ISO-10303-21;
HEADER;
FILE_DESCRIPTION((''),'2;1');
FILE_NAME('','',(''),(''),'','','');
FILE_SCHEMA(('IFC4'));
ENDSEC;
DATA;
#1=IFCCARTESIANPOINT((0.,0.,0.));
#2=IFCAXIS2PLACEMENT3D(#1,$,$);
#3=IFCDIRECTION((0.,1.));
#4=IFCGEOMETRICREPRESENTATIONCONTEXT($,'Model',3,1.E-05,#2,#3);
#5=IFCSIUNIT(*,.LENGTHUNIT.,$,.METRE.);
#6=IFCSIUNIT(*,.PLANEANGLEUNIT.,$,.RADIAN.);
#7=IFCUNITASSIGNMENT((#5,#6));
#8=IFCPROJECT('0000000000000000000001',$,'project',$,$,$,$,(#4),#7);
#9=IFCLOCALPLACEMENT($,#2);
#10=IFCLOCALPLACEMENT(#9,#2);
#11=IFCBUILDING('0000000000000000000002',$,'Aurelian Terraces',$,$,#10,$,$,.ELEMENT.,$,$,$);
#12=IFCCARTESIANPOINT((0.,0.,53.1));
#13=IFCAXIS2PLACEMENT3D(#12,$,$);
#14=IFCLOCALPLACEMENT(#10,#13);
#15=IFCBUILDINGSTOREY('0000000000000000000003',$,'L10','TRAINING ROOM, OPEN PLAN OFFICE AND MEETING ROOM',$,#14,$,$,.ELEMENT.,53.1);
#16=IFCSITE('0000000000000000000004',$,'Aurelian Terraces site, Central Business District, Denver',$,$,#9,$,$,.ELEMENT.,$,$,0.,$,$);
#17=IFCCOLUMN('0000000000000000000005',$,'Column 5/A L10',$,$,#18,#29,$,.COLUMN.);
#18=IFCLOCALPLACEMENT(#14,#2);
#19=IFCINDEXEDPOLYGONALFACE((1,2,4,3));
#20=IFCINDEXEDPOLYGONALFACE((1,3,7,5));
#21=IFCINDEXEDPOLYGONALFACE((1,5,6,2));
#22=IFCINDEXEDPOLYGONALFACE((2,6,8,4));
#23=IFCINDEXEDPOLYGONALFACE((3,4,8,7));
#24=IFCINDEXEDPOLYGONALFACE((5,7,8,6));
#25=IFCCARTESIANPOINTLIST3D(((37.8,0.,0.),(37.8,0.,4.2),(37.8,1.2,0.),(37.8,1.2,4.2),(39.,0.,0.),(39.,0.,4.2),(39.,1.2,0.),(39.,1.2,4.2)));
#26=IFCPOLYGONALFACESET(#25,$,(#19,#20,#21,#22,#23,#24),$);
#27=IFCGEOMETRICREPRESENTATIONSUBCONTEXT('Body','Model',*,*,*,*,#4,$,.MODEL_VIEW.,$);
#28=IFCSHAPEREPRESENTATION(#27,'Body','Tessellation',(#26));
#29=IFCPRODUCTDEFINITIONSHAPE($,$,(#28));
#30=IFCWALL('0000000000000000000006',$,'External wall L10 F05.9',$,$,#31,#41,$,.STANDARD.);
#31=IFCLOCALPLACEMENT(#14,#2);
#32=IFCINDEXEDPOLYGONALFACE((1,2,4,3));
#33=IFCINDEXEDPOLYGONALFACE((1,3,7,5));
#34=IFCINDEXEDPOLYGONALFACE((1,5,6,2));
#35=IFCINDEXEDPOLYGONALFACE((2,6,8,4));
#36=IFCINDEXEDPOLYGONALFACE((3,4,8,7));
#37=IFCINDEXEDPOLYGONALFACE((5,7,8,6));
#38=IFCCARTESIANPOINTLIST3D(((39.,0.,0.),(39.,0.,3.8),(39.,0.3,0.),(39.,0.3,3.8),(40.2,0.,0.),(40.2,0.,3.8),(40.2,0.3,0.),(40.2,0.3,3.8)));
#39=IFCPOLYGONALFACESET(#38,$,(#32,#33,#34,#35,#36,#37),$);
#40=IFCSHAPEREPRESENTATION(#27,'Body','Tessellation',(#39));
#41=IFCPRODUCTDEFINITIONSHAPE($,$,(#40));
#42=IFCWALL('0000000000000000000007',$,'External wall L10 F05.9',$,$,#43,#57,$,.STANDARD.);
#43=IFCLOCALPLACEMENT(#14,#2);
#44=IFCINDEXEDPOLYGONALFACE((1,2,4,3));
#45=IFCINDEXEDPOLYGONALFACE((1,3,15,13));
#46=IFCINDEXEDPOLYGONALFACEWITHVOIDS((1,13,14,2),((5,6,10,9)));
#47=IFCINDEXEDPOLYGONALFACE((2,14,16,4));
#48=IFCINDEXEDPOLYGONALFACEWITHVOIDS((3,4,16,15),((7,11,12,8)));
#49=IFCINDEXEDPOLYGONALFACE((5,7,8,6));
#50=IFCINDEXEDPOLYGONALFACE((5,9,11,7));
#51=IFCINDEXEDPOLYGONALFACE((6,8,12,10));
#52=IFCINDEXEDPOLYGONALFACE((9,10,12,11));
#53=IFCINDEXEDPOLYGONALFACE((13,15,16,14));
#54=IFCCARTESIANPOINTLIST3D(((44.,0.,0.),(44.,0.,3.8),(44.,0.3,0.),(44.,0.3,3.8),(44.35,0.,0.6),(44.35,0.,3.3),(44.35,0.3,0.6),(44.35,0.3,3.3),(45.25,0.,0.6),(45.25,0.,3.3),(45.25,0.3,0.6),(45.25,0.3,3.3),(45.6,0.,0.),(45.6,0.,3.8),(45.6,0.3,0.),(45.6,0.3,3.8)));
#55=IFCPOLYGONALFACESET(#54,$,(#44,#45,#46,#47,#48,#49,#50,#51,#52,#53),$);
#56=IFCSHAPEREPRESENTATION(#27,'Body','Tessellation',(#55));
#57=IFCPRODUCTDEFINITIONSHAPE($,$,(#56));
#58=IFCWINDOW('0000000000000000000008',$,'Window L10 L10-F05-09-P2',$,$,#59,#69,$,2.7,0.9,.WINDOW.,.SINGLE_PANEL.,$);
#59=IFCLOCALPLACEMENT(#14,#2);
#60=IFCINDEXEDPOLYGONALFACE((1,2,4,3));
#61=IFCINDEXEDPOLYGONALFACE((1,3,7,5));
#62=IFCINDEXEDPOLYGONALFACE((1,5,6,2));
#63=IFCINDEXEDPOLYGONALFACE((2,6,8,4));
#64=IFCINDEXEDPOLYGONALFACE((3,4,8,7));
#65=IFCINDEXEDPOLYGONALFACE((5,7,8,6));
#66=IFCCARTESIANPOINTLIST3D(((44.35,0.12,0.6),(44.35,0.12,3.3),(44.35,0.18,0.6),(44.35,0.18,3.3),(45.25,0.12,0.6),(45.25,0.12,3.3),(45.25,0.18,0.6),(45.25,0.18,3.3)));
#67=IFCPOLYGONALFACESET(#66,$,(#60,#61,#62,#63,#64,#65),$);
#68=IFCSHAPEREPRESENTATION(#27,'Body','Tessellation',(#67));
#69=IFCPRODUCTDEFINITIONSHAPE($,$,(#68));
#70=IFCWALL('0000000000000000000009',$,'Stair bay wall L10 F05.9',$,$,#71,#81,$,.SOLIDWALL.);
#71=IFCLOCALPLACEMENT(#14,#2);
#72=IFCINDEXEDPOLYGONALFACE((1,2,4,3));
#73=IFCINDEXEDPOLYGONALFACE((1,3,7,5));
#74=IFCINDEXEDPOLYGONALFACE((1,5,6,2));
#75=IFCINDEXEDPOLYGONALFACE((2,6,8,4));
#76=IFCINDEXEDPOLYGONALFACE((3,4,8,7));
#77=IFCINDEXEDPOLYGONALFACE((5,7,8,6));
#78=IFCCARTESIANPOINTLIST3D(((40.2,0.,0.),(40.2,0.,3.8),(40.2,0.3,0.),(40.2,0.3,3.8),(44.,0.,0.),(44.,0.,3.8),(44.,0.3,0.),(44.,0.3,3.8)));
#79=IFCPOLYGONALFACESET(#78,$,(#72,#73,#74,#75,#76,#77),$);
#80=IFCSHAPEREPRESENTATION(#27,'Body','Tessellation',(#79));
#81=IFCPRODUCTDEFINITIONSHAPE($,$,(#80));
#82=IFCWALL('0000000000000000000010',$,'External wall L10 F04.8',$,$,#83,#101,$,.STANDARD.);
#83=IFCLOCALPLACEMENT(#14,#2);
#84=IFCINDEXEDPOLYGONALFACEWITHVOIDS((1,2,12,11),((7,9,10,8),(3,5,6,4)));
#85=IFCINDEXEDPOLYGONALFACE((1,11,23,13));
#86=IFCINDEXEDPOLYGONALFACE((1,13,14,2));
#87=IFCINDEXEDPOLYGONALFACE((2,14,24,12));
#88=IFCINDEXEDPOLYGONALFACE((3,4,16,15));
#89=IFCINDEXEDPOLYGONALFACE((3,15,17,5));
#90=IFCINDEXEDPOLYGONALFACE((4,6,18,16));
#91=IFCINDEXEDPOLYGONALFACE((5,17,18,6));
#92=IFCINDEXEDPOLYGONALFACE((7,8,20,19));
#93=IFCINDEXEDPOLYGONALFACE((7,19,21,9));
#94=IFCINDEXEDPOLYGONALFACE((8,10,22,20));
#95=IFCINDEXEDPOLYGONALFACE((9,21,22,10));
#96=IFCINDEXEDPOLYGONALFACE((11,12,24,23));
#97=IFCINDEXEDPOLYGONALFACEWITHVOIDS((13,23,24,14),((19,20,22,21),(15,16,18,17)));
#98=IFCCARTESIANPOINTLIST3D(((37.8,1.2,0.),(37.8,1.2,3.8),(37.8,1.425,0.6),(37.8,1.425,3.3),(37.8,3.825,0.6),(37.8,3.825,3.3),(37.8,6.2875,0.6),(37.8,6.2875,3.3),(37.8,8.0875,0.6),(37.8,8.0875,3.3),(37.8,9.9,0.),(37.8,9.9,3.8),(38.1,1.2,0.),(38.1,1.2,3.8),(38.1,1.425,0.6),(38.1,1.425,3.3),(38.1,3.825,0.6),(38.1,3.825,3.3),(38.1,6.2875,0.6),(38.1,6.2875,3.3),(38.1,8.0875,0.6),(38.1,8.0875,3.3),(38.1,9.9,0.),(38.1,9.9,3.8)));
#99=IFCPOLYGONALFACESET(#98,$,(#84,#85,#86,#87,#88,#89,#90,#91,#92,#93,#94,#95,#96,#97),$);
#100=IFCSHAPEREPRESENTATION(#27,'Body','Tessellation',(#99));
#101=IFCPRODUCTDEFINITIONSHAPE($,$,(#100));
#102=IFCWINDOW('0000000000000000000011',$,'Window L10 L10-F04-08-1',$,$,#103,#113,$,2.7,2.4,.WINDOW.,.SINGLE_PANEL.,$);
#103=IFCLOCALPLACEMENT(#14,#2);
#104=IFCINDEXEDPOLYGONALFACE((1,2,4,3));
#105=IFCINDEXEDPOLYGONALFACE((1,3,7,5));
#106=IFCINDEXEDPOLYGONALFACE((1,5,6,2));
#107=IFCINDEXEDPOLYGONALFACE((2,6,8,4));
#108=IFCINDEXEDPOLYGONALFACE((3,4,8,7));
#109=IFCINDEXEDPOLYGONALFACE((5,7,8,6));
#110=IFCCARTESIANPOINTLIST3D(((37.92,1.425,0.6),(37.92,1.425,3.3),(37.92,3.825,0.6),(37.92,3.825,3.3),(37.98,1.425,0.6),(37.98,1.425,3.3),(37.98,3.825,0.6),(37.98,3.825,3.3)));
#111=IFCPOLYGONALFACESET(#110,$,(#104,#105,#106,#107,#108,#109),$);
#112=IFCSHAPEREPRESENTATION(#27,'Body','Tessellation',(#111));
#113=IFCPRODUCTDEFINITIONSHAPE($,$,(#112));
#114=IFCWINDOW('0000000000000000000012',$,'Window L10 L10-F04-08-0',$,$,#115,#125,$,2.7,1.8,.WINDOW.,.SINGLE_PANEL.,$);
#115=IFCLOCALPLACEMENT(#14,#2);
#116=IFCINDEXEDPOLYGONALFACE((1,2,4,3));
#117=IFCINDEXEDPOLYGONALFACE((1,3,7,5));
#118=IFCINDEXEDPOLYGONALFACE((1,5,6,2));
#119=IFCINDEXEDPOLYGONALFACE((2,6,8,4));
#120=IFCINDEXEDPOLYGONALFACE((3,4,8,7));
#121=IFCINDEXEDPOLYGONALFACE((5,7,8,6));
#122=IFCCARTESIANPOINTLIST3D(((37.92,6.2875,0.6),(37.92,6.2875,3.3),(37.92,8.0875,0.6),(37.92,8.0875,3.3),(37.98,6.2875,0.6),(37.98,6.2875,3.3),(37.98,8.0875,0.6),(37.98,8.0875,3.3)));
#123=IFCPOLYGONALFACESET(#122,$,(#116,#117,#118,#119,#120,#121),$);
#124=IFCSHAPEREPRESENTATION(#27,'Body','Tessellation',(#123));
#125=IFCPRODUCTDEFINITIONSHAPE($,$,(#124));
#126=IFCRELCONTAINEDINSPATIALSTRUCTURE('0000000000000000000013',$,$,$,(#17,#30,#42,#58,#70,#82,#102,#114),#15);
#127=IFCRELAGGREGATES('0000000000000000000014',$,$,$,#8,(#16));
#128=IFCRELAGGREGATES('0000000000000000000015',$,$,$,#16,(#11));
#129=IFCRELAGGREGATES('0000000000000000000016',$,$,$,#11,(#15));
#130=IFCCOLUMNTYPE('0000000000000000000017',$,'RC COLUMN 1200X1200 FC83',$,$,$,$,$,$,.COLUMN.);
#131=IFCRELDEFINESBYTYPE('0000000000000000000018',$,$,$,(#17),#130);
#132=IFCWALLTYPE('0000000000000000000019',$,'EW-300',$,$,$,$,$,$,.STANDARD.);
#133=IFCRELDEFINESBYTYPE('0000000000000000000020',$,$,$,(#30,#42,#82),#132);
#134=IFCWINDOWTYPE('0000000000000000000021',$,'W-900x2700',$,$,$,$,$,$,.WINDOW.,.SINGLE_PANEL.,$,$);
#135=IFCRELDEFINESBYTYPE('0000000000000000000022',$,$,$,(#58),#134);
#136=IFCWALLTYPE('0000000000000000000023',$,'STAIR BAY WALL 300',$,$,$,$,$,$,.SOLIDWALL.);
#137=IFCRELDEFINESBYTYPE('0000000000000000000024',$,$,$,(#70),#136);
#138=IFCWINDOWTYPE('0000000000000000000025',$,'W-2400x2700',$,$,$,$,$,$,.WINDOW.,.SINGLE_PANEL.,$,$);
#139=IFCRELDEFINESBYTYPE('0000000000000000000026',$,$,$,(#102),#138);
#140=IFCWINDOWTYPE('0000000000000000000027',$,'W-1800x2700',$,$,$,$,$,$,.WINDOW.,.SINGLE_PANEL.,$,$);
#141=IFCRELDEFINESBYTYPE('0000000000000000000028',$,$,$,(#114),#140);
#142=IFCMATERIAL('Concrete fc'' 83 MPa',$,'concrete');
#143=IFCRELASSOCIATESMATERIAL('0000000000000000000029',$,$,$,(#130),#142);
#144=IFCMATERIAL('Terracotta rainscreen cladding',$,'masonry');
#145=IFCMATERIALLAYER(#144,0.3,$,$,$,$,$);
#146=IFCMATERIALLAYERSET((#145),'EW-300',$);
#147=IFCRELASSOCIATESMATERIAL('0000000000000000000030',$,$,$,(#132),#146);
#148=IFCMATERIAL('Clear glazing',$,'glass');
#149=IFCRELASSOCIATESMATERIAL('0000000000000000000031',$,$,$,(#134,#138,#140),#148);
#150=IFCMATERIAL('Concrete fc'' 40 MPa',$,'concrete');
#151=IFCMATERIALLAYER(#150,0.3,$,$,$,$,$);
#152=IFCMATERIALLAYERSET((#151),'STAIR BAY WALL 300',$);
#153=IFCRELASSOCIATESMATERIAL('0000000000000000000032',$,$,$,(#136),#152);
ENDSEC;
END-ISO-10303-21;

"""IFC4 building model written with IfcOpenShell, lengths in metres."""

from ifc_helpers import new_model, si_unit, direction, frame, frame_2d, origin, origin_2d, place, context, subcontext, project, spatial, rectangle, extrude, source, transform, mapped, material, layer, layer_set, material_profile, profile_set, type_object, element, fill, save


model = new_model("IFC4")

# Units and contexts
model_context = context("Model", 3, precision=1e-05, world=origin(), true_north=direction((0.0, 1.0)))
body_context = subcontext(model_context, "Body", "Model", "MODEL_VIEW")
ifc_project = project(units=[si_unit("LENGTHUNIT", "METRE"), si_unit("PLANEANGLEUNIT", "RADIAN")], contexts=[model_context])

# Site, building, storey
site_placement = place(None, origin())
site = spatial("IfcSite", under=ifc_project, at=site_placement, Name="Aurelian Terraces site, Central Business District, Denver", CompositionType="ELEMENT", RefElevation=0.0)
building_placement = place(site_placement, origin())
building = spatial("IfcBuilding", under=site, at=building_placement, Name="Aurelian Terraces", CompositionType="ELEMENT")
storey_placement = place(building_placement, frame((0.0, 0.0, 53.1)))
storey = spatial("IfcBuildingStorey", under=building, at=storey_placement, Name="L10", Description="TRAINING ROOM, OPEN PLAN OFFICE AND MEETING ROOM", CompositionType="ELEMENT", Elevation=53.1)

# Column
ifc_material_1 = material(Name="Concrete fc' 83 MPa", Category="concrete")
ifc_material_profile = material_profile(ifc_material_1, rectangle(XDim=1.2, YDim=1.2, at=origin_2d()))
ifc_profile_set = profile_set([ifc_material_profile], Name="Concrete fc' 83 MPa")
column_type = type_object("IfcColumnType", Name="RC COLUMN 1200X1200 FC83", PredefinedType="COLUMN", material=ifc_profile_set)
shared_shape_1 = source(origin(), body_context, "Body", "SweptSolid", [
    extrude(rectangle(XDim=1.2, YDim=1.2, at=origin_2d()), origin(), (0.0, 0.0, 1.0), 4.2),
])
column_placement = place(storey_placement, frame((38.4, 0.6, 0.0), z_axis=(0.0, 0.0, 1.0), x_axis=(1.0, 0.0, 0.0)))
element("IfcColumn", 1, at=column_placement, inside=storey, type_object=column_type, Name="Column 5/A L10", PredefinedType="COLUMN", context=body_context, shape_type="MappedRepresentation", body=[
    mapped(shared_shape_1, transform((0.0, 0.0, 0.0), scale=1.0)),
])

# Wall
ifc_material_2 = material(Name="Terracotta rainscreen cladding", Category="masonry")
ifc_layer_1 = layer(ifc_material_2, 0.3)
ifc_layer_set_1 = layer_set([ifc_layer_1], Name="EW-300")
wall_type_1 = type_object("IfcWallType", Name="EW-300", PredefinedType="STANDARD", material=ifc_layer_set_1)
shared_shape_2 = source(origin(), body_context, "Body", "SweptSolid", [
    extrude(rectangle(XDim=1.2, YDim=0.3, at=frame_2d((0.6, 0.0))), origin(), (0.0, 0.0, 1.0), 3.8),
])
wall_1_placement = place(storey_placement, frame((39.0, 0.15, 0.0), z_axis=(0.0, 0.0, 1.0), x_axis=(1.0, 0.0, 0.0)))
element("IfcWall", 2, at=wall_1_placement, inside=storey, type_object=wall_type_1, Name="External wall L10 F05.9", PredefinedType="STANDARD", context=body_context, shape_type="MappedRepresentation", body=[
    mapped(shared_shape_2, transform((0.0, 0.0, 0.0), scale=1.0)),
])

# Wall, opening, window
shared_shape_3 = source(origin(), body_context, "Body", "SweptSolid", [
    extrude(rectangle(XDim=1.6, YDim=0.3, at=frame_2d((0.8, 0.0))), origin(), (0.0, 0.0, 1.0), 3.8),
])
wall_2_placement = place(storey_placement, frame((44.0, 0.15, 0.0), z_axis=(0.0, 0.0, 1.0), x_axis=(1.0, 0.0, 0.0)))
wall_2 = element("IfcWall", 3, at=wall_2_placement, inside=storey, type_object=wall_type_1, Name="External wall L10 F05.9", PredefinedType="STANDARD", context=body_context, shape_type="MappedRepresentation", body=[
    mapped(shared_shape_3, transform((0.0, 0.0, 0.0), scale=1.0)),
])
shared_shape_4 = source(origin(), body_context, "Body", "SweptSolid", [
    extrude(rectangle(XDim=0.9, YDim=2.7, at=frame_2d((0.45, 1.35))), frame((0.0, 0.16, 0.0), z_axis=(0.0, -1.0, 0.0), x_axis=(1.0, 0.0, 0.0)), (0.0, 0.0, 1.0), 0.32),
])
opening_1_placement = place(wall_2_placement, frame((0.35, 0.0, 0.6)))
opening_1 = element("IfcOpeningElement", 4, at=opening_1_placement, cuts=wall_2, PredefinedType="OPENING", context=body_context, shape_type="MappedRepresentation", body=[
    mapped(shared_shape_4, transform((0.0, 0.0, 0.0), scale=1.0)),
])
ifc_material_3 = material(Name="Clear glazing", Category="glass")
window_type_1 = type_object("IfcWindowType", Name="W-900x2700", PartitioningType="SINGLE_PANEL", PredefinedType="WINDOW", material=ifc_material_3)
shared_shape_5 = source(origin(), body_context, "Body", "SweptSolid", [
    extrude(rectangle(XDim=0.9, YDim=2.7, at=frame_2d((0.45, 1.35))), frame((0.0, 0.03, 0.0), z_axis=(0.0, -1.0, 0.0), x_axis=(1.0, 0.0, 0.0)), (0.0, 0.0, 1.0), 0.06),
])
window_1_placement = place(opening_1_placement, origin())
window_1 = element("IfcWindow", 5, at=window_1_placement, inside=storey, type_object=window_type_1, Name="Window L10 L10-F05-09-P2", OverallHeight=2.7, OverallWidth=0.9, PartitioningType="SINGLE_PANEL", PredefinedType="WINDOW", context=body_context, shape_type="MappedRepresentation", body=[
    mapped(shared_shape_5, transform((0.0, 0.0, 0.0), scale=1.0)),
])
fill(opening_1, window_1)

# Wall
ifc_material_4 = material(Name="Concrete fc' 40 MPa", Category="concrete")
ifc_layer_2 = layer(ifc_material_4, 0.3)
ifc_layer_set_2 = layer_set([ifc_layer_2], Name="STAIR BAY WALL 300")
wall_type_2 = type_object("IfcWallType", Name="STAIR BAY WALL 300", PredefinedType="SOLIDWALL", material=ifc_layer_set_2)
shared_shape_6 = source(origin(), body_context, "Body", "SweptSolid", [
    extrude(rectangle(XDim=3.8, YDim=0.3, at=frame_2d((1.9, 0.0))), origin(), (0.0, 0.0, 1.0), 3.8),
])
wall_3_placement = place(storey_placement, frame((40.2, 0.15, 0.0), z_axis=(0.0, 0.0, 1.0), x_axis=(1.0, 0.0, 0.0)))
element("IfcWall", 6, at=wall_3_placement, inside=storey, type_object=wall_type_2, Name="Stair bay wall L10 F05.9", PredefinedType="SOLIDWALL", context=body_context, shape_type="MappedRepresentation", body=[
    mapped(shared_shape_6, transform((0.0, 0.0, 0.0), scale=1.0)),
])

# Wall, openings, windows
shared_shape_7 = source(origin(), body_context, "Body", "SweptSolid", [
    extrude(rectangle(XDim=8.7, YDim=0.3, at=frame_2d((4.35, 0.0))), origin(), (0.0, 0.0, 1.0), 3.8),
])
wall_4_placement = place(storey_placement, frame((37.95, 9.9, 0.0), z_axis=(0.0, 0.0, 1.0), x_axis=(0.0, -1.0, 0.0)))
wall_4 = element("IfcWall", 7, at=wall_4_placement, inside=storey, type_object=wall_type_1, Name="External wall L10 F04.8", PredefinedType="STANDARD", context=body_context, shape_type="MappedRepresentation", body=[
    mapped(shared_shape_7, transform((0.0, 0.0, 0.0), scale=1.0)),
])
shared_shape_8 = source(origin(), body_context, "Body", "SweptSolid", [
    extrude(rectangle(XDim=1.8, YDim=2.7, at=frame_2d((0.9, 1.35))), frame((0.0, 0.16, 0.0), z_axis=(0.0, -1.0, 0.0), x_axis=(1.0, 0.0, 0.0)), (0.0, 0.0, 1.0), 0.32),
])
opening_2_placement = place(wall_4_placement, frame((1.8125, 0.0, 0.6)))
opening_2 = element("IfcOpeningElement", 8, at=opening_2_placement, cuts=wall_4, PredefinedType="OPENING", context=body_context, shape_type="MappedRepresentation", body=[
    mapped(shared_shape_8, transform((0.0, 0.0, 0.0), scale=1.0)),
])
shared_shape_9 = source(origin(), body_context, "Body", "SweptSolid", [
    extrude(rectangle(XDim=2.4, YDim=2.7, at=frame_2d((1.2, 1.35))), frame((0.0, 0.16, 0.0), z_axis=(0.0, -1.0, 0.0), x_axis=(1.0, 0.0, 0.0)), (0.0, 0.0, 1.0), 0.32),
])
opening_3_placement = place(wall_4_placement, frame((6.075, 0.0, 0.6)))
opening_3 = element("IfcOpeningElement", 9, at=opening_3_placement, cuts=wall_4, PredefinedType="OPENING", context=body_context, shape_type="MappedRepresentation", body=[
    mapped(shared_shape_9, transform((0.0, 0.0, 0.0), scale=1.0)),
])
window_type_2 = type_object("IfcWindowType", Name="W-2400x2700", PartitioningType="SINGLE_PANEL", PredefinedType="WINDOW", material=ifc_material_3)
shared_shape_10 = source(origin(), body_context, "Body", "SweptSolid", [
    extrude(rectangle(XDim=2.4, YDim=2.7, at=frame_2d((1.2, 1.35))), frame((0.0, 0.03, 0.0), z_axis=(0.0, -1.0, 0.0), x_axis=(1.0, 0.0, 0.0)), (0.0, 0.0, 1.0), 0.06),
])
window_2_placement = place(opening_3_placement, origin())
window_2 = element("IfcWindow", 10, at=window_2_placement, inside=storey, type_object=window_type_2, Name="Window L10 L10-F04-08-1", OverallHeight=2.7, OverallWidth=2.4, PartitioningType="SINGLE_PANEL", PredefinedType="WINDOW", context=body_context, shape_type="MappedRepresentation", body=[
    mapped(shared_shape_10, transform((0.0, 0.0, 0.0), scale=1.0)),
])
fill(opening_3, window_2)
window_type_3 = type_object("IfcWindowType", Name="W-1800x2700", PartitioningType="SINGLE_PANEL", PredefinedType="WINDOW", material=ifc_material_3)
shared_shape_11 = source(origin(), body_context, "Body", "SweptSolid", [
    extrude(rectangle(XDim=1.8, YDim=2.7, at=frame_2d((0.9, 1.35))), frame((0.0, 0.03, 0.0), z_axis=(0.0, -1.0, 0.0), x_axis=(1.0, 0.0, 0.0)), (0.0, 0.0, 1.0), 0.06),
])
window_3_placement = place(opening_2_placement, origin())
window_3 = element("IfcWindow", 11, at=window_3_placement, inside=storey, type_object=window_type_3, Name="Window L10 L10-F04-08-0", OverallHeight=2.7, OverallWidth=1.8, PartitioningType="SINGLE_PANEL", PredefinedType="WINDOW", context=body_context, shape_type="MappedRepresentation", body=[
    mapped(shared_shape_11, transform((0.0, 0.0, 0.0), scale=1.0)),
])
fill(opening_2, window_3)

save(model, "model.ifc")
